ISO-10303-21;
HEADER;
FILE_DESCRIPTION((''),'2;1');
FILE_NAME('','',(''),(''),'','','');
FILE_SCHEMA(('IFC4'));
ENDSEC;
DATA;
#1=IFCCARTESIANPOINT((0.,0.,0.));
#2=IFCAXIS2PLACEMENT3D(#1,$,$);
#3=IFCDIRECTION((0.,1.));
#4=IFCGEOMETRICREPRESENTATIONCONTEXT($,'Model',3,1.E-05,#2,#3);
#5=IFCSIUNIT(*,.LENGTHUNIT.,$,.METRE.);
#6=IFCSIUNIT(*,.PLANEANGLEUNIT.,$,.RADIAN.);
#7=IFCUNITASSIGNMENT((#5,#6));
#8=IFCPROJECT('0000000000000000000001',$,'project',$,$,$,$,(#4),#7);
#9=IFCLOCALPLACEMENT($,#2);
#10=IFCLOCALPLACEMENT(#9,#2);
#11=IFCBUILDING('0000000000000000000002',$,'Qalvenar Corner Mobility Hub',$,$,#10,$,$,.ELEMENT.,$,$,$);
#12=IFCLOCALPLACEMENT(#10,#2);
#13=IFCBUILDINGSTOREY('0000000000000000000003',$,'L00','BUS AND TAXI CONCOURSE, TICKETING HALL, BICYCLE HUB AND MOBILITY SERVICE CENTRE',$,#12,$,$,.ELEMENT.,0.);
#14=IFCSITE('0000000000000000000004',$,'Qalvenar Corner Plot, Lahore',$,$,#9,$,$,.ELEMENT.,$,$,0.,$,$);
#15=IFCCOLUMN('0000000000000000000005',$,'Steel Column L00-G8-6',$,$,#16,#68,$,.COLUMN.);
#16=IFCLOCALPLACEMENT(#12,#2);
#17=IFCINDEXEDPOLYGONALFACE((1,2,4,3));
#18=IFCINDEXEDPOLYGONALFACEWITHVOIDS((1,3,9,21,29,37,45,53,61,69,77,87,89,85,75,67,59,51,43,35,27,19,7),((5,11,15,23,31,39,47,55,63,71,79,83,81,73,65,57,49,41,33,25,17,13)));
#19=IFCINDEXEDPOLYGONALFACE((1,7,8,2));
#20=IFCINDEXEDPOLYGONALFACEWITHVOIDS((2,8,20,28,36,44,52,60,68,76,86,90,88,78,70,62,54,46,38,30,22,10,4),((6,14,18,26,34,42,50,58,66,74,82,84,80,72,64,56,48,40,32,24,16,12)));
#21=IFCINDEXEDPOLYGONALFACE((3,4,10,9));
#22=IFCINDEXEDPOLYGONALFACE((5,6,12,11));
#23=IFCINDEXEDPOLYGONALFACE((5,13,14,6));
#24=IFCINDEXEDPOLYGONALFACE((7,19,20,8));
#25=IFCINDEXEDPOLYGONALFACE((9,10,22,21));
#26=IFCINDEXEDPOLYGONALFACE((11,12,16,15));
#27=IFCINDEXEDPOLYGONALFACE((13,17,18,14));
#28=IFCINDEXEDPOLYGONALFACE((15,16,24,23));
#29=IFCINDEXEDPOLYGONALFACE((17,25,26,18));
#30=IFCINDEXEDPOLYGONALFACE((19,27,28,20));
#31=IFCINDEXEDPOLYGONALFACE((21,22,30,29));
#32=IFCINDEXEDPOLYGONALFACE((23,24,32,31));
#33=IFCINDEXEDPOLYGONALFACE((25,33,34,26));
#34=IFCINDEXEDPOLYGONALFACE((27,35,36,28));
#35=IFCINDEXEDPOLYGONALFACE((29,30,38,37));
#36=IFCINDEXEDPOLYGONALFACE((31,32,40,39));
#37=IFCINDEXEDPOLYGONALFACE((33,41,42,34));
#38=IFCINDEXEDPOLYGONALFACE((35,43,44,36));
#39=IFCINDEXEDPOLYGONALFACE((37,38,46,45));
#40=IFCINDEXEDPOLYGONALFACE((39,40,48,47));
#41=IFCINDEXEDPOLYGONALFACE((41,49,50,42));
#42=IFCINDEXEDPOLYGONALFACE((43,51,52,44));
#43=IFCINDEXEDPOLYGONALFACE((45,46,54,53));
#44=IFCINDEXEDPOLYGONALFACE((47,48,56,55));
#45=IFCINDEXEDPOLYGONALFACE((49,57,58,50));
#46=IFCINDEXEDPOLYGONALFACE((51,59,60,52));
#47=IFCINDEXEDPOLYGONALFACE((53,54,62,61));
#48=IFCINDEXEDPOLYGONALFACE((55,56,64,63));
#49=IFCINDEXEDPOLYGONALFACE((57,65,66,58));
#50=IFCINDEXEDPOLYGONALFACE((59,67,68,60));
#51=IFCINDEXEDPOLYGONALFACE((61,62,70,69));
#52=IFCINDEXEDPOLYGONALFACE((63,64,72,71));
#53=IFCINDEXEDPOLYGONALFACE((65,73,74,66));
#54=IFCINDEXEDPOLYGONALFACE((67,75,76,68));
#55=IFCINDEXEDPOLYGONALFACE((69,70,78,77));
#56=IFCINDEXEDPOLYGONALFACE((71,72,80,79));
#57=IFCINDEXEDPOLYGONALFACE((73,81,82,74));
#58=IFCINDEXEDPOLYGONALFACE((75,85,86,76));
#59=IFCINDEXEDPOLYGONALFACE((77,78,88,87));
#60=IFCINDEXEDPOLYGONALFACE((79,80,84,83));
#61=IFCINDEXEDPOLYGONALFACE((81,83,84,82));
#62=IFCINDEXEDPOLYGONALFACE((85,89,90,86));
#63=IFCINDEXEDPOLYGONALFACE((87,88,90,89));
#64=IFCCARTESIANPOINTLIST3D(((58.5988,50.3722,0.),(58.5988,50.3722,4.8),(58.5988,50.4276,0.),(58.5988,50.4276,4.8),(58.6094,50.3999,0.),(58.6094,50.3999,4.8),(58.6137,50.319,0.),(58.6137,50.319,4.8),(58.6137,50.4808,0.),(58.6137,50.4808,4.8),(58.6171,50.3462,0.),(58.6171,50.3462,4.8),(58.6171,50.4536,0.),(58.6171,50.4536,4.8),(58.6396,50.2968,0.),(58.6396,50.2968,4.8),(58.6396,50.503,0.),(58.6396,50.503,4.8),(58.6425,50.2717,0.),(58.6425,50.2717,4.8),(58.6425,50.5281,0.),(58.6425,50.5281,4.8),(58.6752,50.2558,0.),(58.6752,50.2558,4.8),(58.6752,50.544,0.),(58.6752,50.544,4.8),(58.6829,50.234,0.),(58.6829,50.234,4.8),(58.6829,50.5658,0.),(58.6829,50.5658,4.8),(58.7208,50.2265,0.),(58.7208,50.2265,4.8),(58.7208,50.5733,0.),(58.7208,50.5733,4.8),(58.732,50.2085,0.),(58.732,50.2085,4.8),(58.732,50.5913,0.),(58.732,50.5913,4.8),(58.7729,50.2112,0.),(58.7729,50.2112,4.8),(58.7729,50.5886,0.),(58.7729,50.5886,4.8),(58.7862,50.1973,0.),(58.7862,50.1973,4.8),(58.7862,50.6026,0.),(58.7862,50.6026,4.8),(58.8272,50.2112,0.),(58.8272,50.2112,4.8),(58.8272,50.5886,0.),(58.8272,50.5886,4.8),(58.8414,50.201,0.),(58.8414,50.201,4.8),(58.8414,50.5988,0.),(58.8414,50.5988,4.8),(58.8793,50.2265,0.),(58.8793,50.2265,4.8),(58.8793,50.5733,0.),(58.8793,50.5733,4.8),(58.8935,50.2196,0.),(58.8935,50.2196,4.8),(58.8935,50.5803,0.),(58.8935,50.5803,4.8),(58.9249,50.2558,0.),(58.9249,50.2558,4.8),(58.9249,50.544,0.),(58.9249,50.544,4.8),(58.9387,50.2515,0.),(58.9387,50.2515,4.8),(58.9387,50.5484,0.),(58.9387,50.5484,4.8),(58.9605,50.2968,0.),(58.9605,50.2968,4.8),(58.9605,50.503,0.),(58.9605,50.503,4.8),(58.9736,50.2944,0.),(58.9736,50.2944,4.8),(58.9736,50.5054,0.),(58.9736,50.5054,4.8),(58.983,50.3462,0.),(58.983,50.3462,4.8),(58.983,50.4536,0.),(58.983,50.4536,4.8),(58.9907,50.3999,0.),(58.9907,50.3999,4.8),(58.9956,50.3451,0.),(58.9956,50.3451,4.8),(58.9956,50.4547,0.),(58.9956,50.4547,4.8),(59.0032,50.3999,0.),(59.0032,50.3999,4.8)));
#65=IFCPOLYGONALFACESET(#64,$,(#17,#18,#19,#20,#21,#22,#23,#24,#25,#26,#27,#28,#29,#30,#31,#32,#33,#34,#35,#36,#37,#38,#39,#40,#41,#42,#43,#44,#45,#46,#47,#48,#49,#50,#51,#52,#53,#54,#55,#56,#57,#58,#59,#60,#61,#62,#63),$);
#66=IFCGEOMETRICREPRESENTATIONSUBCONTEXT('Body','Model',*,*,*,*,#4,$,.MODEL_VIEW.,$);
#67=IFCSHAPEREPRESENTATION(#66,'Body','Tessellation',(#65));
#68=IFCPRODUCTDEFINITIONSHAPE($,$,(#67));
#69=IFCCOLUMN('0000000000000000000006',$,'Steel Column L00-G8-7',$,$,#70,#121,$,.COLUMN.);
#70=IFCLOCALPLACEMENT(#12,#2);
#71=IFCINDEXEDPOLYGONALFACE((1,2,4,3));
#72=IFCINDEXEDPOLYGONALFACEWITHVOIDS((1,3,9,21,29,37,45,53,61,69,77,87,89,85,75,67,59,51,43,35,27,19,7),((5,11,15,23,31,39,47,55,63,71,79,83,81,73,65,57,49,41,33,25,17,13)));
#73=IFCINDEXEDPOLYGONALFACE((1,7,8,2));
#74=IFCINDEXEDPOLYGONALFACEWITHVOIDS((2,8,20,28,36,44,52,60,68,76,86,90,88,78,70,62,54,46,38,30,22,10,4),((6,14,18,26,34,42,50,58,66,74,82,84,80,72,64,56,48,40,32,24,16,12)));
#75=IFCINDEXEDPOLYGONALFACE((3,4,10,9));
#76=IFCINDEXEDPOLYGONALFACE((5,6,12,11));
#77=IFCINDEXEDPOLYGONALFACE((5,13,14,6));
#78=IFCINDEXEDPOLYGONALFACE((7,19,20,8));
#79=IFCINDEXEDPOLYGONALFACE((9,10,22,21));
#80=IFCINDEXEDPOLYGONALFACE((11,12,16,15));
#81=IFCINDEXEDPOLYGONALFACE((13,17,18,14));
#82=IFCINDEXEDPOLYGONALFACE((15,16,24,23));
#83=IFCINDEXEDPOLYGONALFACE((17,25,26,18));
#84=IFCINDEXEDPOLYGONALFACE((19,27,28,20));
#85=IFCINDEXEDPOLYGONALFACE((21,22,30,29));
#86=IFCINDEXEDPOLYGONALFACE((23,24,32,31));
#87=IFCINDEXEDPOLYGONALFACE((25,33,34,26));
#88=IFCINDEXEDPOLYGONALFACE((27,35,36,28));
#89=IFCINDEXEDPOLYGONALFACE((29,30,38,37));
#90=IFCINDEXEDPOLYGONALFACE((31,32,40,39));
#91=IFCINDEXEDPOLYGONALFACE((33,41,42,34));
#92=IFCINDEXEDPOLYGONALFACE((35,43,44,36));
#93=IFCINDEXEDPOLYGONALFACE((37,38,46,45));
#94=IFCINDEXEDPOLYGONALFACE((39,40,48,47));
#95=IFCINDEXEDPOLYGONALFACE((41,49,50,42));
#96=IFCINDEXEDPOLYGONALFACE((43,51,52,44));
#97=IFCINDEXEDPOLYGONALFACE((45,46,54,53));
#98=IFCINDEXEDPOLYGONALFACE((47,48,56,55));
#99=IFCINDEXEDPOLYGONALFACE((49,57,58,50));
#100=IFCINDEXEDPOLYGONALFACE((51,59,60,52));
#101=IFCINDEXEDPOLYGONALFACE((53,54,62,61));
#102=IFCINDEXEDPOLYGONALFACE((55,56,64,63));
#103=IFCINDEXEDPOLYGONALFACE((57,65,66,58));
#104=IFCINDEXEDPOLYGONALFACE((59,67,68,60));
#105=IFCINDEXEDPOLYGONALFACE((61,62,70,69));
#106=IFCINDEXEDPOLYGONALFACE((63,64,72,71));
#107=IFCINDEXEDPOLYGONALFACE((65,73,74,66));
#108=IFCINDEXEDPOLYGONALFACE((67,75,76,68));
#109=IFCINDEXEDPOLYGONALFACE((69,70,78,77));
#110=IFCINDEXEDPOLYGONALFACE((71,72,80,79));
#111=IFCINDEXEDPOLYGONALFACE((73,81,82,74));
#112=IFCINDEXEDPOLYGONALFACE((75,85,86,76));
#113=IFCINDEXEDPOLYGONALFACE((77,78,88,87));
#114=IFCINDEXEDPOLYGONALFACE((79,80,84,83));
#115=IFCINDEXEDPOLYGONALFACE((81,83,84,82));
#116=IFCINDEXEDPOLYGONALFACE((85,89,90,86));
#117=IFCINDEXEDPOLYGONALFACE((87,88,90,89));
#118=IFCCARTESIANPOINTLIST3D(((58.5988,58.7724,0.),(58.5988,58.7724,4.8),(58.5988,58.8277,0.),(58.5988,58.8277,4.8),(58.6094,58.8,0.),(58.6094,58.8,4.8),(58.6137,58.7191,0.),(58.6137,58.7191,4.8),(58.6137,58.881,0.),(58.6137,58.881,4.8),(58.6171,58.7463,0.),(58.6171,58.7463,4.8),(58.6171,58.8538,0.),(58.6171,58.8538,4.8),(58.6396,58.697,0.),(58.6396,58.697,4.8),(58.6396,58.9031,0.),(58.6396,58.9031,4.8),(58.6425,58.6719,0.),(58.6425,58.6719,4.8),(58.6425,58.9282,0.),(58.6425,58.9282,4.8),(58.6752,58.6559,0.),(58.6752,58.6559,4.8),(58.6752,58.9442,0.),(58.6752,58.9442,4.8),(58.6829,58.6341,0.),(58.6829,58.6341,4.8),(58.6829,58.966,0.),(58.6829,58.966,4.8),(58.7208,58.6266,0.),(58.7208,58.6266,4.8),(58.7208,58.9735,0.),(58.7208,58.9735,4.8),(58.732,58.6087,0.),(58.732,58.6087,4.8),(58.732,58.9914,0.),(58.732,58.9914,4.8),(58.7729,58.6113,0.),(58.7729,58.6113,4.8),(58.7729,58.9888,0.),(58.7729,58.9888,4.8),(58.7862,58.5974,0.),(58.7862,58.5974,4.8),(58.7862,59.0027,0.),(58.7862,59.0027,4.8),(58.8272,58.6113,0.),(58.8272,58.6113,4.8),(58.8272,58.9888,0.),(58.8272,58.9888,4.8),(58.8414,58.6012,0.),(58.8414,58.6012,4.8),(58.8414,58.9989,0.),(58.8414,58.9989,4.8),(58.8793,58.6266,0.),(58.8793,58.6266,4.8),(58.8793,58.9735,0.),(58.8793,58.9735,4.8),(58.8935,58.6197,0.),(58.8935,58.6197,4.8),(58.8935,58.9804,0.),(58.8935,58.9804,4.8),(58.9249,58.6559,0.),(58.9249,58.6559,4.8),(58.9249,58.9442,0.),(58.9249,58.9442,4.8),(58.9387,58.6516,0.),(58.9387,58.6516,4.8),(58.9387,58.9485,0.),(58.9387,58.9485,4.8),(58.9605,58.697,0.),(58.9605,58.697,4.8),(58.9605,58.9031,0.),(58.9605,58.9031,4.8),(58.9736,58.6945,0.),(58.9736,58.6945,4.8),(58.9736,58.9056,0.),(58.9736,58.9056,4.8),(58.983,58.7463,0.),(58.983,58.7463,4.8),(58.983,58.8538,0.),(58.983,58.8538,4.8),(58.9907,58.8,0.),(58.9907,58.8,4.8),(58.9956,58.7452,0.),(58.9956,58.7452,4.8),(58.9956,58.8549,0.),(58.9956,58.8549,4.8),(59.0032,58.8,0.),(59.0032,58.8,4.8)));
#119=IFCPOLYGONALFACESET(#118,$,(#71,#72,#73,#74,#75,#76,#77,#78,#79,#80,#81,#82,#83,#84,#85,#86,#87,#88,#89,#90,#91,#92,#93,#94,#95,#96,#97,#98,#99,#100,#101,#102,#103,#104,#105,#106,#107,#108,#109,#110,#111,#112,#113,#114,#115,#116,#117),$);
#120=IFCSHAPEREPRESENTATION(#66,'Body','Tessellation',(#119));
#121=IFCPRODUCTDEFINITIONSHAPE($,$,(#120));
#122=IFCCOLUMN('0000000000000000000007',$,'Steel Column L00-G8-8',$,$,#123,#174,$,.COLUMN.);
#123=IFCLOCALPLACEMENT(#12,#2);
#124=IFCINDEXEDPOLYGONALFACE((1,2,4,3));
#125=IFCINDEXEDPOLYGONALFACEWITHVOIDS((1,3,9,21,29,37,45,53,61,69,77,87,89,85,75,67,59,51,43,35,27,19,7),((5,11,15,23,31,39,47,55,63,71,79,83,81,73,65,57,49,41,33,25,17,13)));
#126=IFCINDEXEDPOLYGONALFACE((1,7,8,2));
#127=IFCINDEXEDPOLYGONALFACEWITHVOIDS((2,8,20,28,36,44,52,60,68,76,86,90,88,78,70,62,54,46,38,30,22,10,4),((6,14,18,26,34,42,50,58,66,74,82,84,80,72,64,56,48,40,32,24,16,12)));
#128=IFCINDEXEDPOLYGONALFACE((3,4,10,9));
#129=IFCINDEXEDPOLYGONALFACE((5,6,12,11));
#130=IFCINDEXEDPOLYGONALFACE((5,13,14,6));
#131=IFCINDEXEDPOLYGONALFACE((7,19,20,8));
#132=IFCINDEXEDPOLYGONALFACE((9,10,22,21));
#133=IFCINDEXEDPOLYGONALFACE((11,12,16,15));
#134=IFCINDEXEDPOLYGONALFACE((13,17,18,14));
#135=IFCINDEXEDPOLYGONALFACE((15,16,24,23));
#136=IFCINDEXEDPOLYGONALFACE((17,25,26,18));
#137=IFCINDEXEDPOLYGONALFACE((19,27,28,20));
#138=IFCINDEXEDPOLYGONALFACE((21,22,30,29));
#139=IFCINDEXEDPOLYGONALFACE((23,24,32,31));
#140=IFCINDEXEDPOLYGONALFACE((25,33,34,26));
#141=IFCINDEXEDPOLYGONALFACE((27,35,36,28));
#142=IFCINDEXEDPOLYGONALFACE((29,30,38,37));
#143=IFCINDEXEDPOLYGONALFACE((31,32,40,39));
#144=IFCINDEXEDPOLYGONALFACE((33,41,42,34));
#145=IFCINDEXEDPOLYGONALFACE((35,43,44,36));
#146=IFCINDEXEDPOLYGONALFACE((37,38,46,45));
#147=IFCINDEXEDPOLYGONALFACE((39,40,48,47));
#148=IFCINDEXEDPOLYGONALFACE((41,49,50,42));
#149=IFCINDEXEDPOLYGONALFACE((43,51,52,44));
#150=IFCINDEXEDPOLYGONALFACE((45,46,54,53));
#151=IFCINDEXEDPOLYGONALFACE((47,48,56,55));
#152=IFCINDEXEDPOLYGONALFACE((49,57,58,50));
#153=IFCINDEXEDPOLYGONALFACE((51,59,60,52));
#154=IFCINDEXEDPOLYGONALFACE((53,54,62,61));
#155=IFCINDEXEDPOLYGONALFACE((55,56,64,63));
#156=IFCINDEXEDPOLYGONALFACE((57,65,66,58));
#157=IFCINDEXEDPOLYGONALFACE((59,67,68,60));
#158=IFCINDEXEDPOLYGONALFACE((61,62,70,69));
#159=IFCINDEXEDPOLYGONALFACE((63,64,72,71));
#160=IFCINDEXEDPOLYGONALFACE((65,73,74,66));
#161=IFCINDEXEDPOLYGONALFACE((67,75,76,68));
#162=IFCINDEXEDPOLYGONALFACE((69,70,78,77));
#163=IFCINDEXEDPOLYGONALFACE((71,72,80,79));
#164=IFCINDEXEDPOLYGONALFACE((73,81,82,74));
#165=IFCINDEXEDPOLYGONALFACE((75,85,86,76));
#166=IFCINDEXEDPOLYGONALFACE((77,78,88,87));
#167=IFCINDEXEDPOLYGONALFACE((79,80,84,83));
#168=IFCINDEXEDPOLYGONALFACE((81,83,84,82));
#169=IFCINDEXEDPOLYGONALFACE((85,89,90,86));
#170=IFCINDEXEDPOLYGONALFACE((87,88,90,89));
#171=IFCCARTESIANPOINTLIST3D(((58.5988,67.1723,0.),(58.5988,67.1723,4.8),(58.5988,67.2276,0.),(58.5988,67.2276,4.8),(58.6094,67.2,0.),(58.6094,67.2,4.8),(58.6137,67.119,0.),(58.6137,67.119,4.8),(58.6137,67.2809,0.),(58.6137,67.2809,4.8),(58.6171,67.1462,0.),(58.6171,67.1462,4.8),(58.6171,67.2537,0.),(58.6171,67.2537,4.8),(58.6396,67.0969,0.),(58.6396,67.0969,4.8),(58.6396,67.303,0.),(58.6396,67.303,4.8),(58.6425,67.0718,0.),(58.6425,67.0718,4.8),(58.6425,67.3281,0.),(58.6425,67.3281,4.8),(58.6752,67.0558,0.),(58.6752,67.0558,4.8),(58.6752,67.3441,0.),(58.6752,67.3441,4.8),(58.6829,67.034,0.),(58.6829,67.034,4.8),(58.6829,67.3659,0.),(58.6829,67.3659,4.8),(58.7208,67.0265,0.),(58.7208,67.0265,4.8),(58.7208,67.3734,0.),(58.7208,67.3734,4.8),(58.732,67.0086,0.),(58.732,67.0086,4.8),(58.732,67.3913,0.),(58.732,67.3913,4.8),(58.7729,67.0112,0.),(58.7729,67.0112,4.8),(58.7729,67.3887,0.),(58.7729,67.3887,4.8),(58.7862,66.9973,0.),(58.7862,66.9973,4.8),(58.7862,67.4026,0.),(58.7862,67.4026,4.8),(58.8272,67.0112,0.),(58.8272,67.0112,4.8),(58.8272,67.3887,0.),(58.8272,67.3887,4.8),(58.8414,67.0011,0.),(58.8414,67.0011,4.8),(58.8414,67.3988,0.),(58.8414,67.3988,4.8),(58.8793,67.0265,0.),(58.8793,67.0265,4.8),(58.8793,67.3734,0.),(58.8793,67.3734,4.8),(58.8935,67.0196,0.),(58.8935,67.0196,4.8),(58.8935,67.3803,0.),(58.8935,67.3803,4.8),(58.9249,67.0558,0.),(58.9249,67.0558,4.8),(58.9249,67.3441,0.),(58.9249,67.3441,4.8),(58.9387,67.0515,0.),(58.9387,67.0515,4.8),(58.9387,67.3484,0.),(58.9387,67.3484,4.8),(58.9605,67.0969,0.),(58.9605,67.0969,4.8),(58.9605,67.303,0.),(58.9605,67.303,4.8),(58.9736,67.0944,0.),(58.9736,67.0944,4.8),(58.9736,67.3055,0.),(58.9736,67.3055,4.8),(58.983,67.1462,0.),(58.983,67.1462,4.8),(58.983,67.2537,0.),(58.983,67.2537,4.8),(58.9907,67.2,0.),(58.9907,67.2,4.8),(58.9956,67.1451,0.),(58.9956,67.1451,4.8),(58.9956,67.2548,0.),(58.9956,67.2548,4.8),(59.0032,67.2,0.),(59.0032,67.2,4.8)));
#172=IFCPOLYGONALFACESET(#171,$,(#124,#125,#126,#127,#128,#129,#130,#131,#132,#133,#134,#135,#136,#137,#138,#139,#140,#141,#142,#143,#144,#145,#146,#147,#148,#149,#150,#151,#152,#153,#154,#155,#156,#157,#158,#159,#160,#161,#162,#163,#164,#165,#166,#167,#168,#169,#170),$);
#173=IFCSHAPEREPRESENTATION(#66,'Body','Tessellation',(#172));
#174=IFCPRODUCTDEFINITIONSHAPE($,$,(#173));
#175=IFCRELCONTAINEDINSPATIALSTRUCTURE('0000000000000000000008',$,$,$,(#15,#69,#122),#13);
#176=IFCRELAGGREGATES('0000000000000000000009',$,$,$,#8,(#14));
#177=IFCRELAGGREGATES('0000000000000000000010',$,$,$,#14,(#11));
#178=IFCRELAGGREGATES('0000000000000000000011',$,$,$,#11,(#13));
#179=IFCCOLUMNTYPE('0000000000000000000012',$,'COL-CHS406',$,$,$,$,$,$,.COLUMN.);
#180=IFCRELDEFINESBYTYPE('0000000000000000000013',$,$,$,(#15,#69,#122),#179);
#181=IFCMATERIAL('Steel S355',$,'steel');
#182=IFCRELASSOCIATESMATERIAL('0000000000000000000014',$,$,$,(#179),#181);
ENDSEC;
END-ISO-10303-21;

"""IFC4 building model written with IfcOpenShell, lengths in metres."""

from ifc_helpers import new_model, si_unit, direction, frame, origin, origin_2d, place, context, subcontext, project, spatial, hollow_circle, extrude, material, material_profile, profile_set, type_object, element, save


model = new_model("IFC4")

# Units and contexts
model_context = context("Model", 3, precision=1e-05, world=origin(), true_north=direction((0.0, 1.0)))
body_context = subcontext(model_context, "Body", "Model", "MODEL_VIEW")
ifc_project = project(units=[si_unit("LENGTHUNIT", "METRE"), si_unit("PLANEANGLEUNIT", "RADIAN")], contexts=[model_context])

# Site, building, storey
site_placement = place(None, origin())
site = spatial("IfcSite", under=ifc_project, at=site_placement, Name="Qalvenar Corner Plot, Lahore", CompositionType="ELEMENT", RefElevation=0.0)
building_placement = place(site_placement, origin())
building = spatial("IfcBuilding", under=site, at=building_placement, Name="Qalvenar Corner Mobility Hub", CompositionType="ELEMENT")
storey_placement = place(building_placement, origin())
storey = spatial("IfcBuildingStorey", under=building, at=storey_placement, Name="L00", Description="BUS AND TAXI CONCOURSE, TICKETING HALL, BICYCLE HUB AND MOBILITY SERVICE CENTRE", CompositionType="ELEMENT", Elevation=0.0)

# Columns
ifc_material_1 = material(Name="Steel S355", Category="steel")
ifc_material_profile_1 = material_profile(ifc_material_1, hollow_circle(Radius=0.2031, WallThickness=0.0125, at=origin_2d()), Name="CHS406.4x12.5")
ifc_profile_set_1 = profile_set([ifc_material_profile_1], Name="Steel S355")
column_type_1 = type_object("IfcColumnType", Name="COL-CHS406", PredefinedType="COLUMN", material=ifc_profile_set_1)
for number, where, z_axis, x_axis, name in (
    (1, (58.8, 50.3999, 0.0), (0.0, 0.0, 1.0), (1.0, 0.0, 0.0), "Steel Column L00-G8-6"),
    (2, (58.8, 58.8, 0.0), (0.0, 0.0, 1.0), (1.0, 0.0, 0.0), "Steel Column L00-G8-7"),
    (3, (58.8, 67.2, 0.0), (0.0, 0.0, 1.0), (1.0, 0.0, 0.0), "Steel Column L00-G8-8"),
):
    element("IfcColumn", number, at=place(storey_placement, frame(where, z_axis=z_axis, x_axis=x_axis)), inside=storey, type_object=column_type_1, Name=name, PredefinedType="COLUMN", context=body_context, shape_type="SweptSolid", body=[
        extrude(hollow_circle(Radius=0.2031, WallThickness=0.0125, at=origin_2d()), origin(), (0.0, 0.0, 1.0), 4.8),
    ])

save(model, "model.ifc")
